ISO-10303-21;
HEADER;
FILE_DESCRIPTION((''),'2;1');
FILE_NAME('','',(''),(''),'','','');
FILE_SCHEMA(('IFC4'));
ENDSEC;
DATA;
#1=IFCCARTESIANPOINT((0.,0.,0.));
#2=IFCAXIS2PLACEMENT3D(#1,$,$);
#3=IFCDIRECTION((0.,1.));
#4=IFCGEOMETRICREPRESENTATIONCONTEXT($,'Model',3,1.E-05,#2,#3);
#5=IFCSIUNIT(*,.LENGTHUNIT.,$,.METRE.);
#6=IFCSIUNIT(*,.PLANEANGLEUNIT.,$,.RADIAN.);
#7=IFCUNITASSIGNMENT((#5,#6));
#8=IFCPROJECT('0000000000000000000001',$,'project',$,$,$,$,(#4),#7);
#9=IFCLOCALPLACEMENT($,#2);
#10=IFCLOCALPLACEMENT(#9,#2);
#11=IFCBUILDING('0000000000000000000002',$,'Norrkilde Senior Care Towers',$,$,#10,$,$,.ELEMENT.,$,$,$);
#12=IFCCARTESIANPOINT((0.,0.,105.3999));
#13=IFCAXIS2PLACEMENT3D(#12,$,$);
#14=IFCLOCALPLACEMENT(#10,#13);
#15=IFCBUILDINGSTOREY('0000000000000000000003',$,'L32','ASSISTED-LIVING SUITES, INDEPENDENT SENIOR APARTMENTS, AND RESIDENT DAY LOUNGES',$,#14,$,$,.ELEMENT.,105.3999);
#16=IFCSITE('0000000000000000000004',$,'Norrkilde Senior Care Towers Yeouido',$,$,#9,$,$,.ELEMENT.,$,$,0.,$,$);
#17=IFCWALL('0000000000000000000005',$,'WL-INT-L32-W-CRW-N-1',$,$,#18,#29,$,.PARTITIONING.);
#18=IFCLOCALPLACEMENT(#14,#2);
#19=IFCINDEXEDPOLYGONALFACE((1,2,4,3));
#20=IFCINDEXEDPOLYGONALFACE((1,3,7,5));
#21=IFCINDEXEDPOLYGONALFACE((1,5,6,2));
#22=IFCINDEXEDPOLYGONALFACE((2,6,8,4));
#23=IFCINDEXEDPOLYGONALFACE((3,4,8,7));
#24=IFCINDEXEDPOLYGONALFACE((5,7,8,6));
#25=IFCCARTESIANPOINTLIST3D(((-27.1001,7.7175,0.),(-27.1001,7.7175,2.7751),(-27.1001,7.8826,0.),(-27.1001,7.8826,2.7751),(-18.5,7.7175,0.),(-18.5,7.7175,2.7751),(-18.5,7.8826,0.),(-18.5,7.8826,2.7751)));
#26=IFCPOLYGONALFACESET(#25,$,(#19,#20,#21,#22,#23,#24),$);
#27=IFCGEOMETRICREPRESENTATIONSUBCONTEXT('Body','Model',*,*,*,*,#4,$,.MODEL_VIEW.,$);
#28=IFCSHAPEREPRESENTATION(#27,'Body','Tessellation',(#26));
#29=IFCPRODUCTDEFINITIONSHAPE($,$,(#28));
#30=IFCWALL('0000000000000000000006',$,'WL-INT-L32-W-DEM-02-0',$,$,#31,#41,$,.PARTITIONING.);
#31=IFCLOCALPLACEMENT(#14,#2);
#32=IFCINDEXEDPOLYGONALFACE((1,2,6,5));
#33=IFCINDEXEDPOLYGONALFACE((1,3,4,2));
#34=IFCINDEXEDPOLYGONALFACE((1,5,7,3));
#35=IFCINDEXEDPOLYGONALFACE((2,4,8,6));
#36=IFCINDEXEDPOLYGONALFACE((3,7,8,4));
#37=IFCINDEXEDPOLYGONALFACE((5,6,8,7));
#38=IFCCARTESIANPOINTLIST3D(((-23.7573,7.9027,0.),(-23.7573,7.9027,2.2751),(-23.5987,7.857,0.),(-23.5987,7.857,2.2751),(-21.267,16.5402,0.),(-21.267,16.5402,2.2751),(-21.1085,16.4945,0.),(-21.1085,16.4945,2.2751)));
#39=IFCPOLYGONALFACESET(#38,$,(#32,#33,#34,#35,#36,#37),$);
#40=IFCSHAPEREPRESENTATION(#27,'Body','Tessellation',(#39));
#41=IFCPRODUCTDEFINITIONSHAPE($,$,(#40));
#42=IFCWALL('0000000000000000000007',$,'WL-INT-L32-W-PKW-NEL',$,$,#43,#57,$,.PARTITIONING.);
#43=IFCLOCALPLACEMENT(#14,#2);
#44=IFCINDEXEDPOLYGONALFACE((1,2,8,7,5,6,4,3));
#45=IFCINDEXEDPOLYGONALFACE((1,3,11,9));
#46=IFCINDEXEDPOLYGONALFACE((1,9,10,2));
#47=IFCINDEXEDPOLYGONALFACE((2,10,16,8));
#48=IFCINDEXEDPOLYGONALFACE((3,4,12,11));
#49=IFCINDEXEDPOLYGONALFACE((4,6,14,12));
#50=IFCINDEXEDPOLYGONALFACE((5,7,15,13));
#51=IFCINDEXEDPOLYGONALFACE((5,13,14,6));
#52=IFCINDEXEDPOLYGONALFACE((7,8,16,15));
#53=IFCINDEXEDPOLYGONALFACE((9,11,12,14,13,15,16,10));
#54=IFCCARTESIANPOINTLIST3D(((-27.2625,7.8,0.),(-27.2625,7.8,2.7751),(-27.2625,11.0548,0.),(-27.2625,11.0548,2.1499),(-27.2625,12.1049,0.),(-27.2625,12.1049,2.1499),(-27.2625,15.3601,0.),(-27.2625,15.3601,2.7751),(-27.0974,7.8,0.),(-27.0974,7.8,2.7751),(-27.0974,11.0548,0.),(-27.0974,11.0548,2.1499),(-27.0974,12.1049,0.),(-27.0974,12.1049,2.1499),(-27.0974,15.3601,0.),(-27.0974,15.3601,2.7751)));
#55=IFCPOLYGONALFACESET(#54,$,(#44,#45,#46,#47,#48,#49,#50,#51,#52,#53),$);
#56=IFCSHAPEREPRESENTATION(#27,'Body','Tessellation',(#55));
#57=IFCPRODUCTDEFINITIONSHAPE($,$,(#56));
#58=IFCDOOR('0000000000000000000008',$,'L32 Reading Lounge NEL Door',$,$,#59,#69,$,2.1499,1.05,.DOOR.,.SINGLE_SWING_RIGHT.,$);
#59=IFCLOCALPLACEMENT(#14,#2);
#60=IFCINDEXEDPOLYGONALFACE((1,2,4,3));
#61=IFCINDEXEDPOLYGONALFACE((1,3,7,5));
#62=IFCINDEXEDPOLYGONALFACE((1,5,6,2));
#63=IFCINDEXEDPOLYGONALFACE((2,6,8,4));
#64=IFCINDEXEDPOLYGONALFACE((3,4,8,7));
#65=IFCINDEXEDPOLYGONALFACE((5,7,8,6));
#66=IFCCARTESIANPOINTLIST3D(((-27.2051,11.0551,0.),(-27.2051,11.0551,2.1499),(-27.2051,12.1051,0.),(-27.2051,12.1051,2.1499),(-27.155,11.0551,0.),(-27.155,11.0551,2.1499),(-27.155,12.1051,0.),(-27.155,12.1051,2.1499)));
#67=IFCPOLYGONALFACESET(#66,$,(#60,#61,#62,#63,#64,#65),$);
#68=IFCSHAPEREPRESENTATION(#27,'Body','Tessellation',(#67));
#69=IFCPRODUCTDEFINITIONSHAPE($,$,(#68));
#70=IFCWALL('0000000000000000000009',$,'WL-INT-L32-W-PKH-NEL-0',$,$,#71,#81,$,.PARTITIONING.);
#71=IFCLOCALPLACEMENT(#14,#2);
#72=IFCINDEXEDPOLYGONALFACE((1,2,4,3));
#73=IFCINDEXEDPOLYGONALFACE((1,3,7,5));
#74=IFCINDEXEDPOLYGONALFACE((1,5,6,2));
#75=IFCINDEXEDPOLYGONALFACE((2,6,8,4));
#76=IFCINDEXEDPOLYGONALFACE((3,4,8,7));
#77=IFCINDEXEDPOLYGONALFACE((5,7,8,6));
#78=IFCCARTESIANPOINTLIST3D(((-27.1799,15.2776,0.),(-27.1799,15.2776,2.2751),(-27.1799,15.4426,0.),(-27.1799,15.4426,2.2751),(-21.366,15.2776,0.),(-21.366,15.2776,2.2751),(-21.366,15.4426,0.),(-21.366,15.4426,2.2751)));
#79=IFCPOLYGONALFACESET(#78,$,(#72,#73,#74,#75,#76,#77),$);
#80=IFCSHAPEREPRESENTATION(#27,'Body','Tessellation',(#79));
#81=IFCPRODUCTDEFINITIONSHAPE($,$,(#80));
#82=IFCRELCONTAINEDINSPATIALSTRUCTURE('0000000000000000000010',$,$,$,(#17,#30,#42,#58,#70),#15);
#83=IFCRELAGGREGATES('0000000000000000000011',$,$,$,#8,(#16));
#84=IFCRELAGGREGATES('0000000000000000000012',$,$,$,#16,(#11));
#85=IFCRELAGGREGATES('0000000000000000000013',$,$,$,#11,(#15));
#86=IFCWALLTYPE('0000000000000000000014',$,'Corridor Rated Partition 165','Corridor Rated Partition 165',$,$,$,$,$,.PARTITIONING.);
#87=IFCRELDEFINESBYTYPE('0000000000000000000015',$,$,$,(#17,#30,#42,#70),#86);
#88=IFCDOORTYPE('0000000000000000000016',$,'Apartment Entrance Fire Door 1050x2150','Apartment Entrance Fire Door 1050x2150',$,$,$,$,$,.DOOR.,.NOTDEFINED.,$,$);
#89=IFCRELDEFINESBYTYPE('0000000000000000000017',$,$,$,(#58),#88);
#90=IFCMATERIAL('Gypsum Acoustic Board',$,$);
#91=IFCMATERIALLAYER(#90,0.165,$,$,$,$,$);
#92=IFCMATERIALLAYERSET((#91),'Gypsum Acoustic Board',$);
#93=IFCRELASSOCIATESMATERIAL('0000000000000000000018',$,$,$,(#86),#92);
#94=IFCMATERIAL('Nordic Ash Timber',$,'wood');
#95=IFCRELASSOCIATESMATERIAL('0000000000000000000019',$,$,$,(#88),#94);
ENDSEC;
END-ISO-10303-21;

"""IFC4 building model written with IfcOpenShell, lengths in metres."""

from ifc_helpers import new_model, si_unit, direction, frame, frame_2d, origin, place, context, subcontext, project, spatial, rectangle, extrude, source, transform, mapped, material, layer, layer_set, type_object, type_shapes, element, fill, save


model = new_model("IFC4")

# Units and contexts
model_context = context("Model", 3, precision=1e-05, world=origin(), true_north=direction((0.0, 1.0)))
body_context = subcontext(model_context, "Body", "Model", "MODEL_VIEW")
ifc_project = project(units=[si_unit("LENGTHUNIT", "METRE"), si_unit("PLANEANGLEUNIT", "RADIAN")], contexts=[model_context])

# Site, building, storey
site_placement = place(None, origin())
site = spatial("IfcSite", under=ifc_project, at=site_placement, Name="Norrkilde Senior Care Towers Yeouido", CompositionType="ELEMENT", RefElevation=0.0)
building_placement = place(site_placement, origin())
building = spatial("IfcBuilding", under=site, at=building_placement, Name="Norrkilde Senior Care Towers", CompositionType="ELEMENT")
storey_placement = place(building_placement, frame((0.0, 0.0, 105.3999)))
storey = spatial("IfcBuildingStorey", under=building, at=storey_placement, Name="L32", Description="ASSISTED-LIVING SUITES, INDEPENDENT SENIOR APARTMENTS, AND RESIDENT DAY LOUNGES", CompositionType="ELEMENT", Elevation=105.3999)

# Shared definitions
ifc_material_1 = material(Name="Gypsum Acoustic Board")
ifc_layer_1 = layer(ifc_material_1, 0.165)
ifc_layer_set_1 = layer_set([ifc_layer_1], Name="Gypsum Acoustic Board")
wall_type = type_object("IfcWallType", Name="Corridor Rated Partition 165", Description="Corridor Rated Partition 165", PredefinedType="PARTITIONING", material=ifc_layer_set_1)
ifc_material_2 = material(Name="Nordic Ash Timber", Category="wood")
door_type_1 = type_object("IfcDoorType", Name="Apartment Entrance Fire Door 1050x2150", Description="Apartment Entrance Fire Door 1050x2150", OperationType="NOTDEFINED", PredefinedType="DOOR", material=ifc_material_2)
shared_shape_1 = source(origin(), body_context, "Body", "SweptSolid", [
    extrude(rectangle(XDim=1.05, YDim=2.1499, at=frame_2d((0.5249, 1.075))), frame((0.0, 0.0249, 0.0), z_axis=(0.0, -1.0, 0.0), x_axis=(1.0, 0.0, 0.0)), (0.0, 0.0, 1.0), 0.05),
])
type_shapes(door_type_1, [shared_shape_1])

# Walls
shared_shape_2 = source(origin(), body_context, "Body", "SweptSolid", [
    extrude(rectangle(XDim=8.6001, YDim=0.165, at=frame_2d((4.3, 0.0))), origin(), (0.0, 0.0, 1.0), 2.7751),
])
wall_1_placement = place(storey_placement, frame((-27.1001, 7.8, 0.0), z_axis=(0.0, 0.0, 1.0), x_axis=(1.0, 0.0, 0.0)))
element("IfcWall", 1, at=wall_1_placement, inside=storey, type_object=wall_type, Name="WL-INT-L32-W-CRW-N-1", PredefinedType="PARTITIONING", context=body_context, shape_type="MappedRepresentation", body=[
    mapped(shared_shape_2, transform((0.0, 0.0, 0.0), x_axis=(1.0, 0.0, 0.0), y_axis=(0.0, 1.0, 0.0), z_axis=(0.0, 0.0, 1.0), scale=1.0)),
])
shared_shape_3 = source(origin(), body_context, "Body", "SweptSolid", [
    extrude(rectangle(XDim=8.9893, YDim=0.165, at=frame_2d((4.4946, 0.0))), origin(), (0.0, 0.0, 1.0), 2.2751),
])
wall_2_placement = place(storey_placement, frame((-23.678, 7.8799, 0.0), z_axis=(0.0, 0.0, 1.0), x_axis=(0.277023, 0.960863, 0.0)))
element("IfcWall", 2, at=wall_2_placement, inside=storey, type_object=wall_type, Name="WL-INT-L32-W-DEM-02-0", PredefinedType="PARTITIONING", context=body_context, shape_type="MappedRepresentation", body=[
    mapped(shared_shape_3, transform((0.0, 0.0, 0.0), x_axis=(1.0, 0.0, 0.0), y_axis=(0.0, 1.0, 0.0), z_axis=(0.0, 0.0, 1.0), scale=1.0)),
])

# Wall, opening, door
shared_shape_4 = source(origin(), body_context, "Body", "SweptSolid", [
    extrude(rectangle(XDim=7.5601, YDim=0.165, at=frame_2d((3.78, 0.0))), origin(), (0.0, 0.0, 1.0), 2.7751),
])
wall_3_placement = place(storey_placement, frame((-27.1799, 7.8, 0.0), z_axis=(0.0, 0.0, 1.0), x_axis=(0.0, 1.0, 0.0)))
wall_3 = element("IfcWall", 3, at=wall_3_placement, inside=storey, type_object=wall_type, Name="WL-INT-L32-W-PKW-NEL", PredefinedType="PARTITIONING", context=body_context, shape_type="MappedRepresentation", body=[
    mapped(shared_shape_4, transform((0.0, 0.0, 0.0), x_axis=(1.0, 0.0, 0.0), y_axis=(0.0, 1.0, 0.0), z_axis=(0.0, 0.0, 1.0), scale=1.0)),
])
opening_1_placement = place(wall_3_placement, frame((3.2549, 0.0, 0.0)))
opening_1 = element("IfcOpeningElement", 4, at=opening_1_placement, cuts=wall_3, PredefinedType="OPENING", context=body_context, shape_type="SweptSolid", body=[
    extrude(rectangle(XDim=1.05, YDim=2.1499, at=frame_2d((0.5249, 1.075))), frame((0.0, 0.0925, 0.0), z_axis=(0.0, -1.0, 0.0), x_axis=(1.0, 0.0, 0.0)), (0.0, 0.0, 1.0), 0.1851),
])
door_1_placement = place(opening_1_placement, frame((1.05, 0.0, 0.0), z_axis=(0.0, 0.0, 1.0), x_axis=(-1.0, 0.0, 0.0)))
door_1 = element("IfcDoor", 5, at=door_1_placement, inside=storey, type_object=door_type_1, Name="L32 Reading Lounge NEL Door", OperationType="SINGLE_SWING_RIGHT", OverallHeight=2.1499, OverallWidth=1.05, PredefinedType="DOOR", context=body_context, shape_type="MappedRepresentation", body=[
    mapped(shared_shape_1, transform((0.0, 0.0, 0.0), x_axis=(1.0, 0.0, 0.0), y_axis=(0.0, 1.0, 0.0), z_axis=(0.0, 0.0, 1.0), scale=1.0)),
])
fill(opening_1, door_1)

# Wall
shared_shape_5 = source(origin(), body_context, "Body", "SweptSolid", [
    extrude(rectangle(XDim=5.814, YDim=0.165, at=frame_2d((2.907, 0.0))), origin(), (0.0, 0.0, 1.0), 2.2751),
])
wall_4_placement = place(storey_placement, frame((-27.1799, 15.3601, 0.0), z_axis=(0.0, 0.0, 1.0), x_axis=(1.0, 0.0, 0.0)))
element("IfcWall", 6, at=wall_4_placement, inside=storey, type_object=wall_type, Name="WL-INT-L32-W-PKH-NEL-0", PredefinedType="PARTITIONING", context=body_context, shape_type="MappedRepresentation", body=[
    mapped(shared_shape_5, transform((0.0, 0.0, 0.0), x_axis=(1.0, 0.0, 0.0), y_axis=(0.0, 1.0, 0.0), z_axis=(0.0, 0.0, 1.0), scale=1.0)),
])

save(model, "model.ifc")
